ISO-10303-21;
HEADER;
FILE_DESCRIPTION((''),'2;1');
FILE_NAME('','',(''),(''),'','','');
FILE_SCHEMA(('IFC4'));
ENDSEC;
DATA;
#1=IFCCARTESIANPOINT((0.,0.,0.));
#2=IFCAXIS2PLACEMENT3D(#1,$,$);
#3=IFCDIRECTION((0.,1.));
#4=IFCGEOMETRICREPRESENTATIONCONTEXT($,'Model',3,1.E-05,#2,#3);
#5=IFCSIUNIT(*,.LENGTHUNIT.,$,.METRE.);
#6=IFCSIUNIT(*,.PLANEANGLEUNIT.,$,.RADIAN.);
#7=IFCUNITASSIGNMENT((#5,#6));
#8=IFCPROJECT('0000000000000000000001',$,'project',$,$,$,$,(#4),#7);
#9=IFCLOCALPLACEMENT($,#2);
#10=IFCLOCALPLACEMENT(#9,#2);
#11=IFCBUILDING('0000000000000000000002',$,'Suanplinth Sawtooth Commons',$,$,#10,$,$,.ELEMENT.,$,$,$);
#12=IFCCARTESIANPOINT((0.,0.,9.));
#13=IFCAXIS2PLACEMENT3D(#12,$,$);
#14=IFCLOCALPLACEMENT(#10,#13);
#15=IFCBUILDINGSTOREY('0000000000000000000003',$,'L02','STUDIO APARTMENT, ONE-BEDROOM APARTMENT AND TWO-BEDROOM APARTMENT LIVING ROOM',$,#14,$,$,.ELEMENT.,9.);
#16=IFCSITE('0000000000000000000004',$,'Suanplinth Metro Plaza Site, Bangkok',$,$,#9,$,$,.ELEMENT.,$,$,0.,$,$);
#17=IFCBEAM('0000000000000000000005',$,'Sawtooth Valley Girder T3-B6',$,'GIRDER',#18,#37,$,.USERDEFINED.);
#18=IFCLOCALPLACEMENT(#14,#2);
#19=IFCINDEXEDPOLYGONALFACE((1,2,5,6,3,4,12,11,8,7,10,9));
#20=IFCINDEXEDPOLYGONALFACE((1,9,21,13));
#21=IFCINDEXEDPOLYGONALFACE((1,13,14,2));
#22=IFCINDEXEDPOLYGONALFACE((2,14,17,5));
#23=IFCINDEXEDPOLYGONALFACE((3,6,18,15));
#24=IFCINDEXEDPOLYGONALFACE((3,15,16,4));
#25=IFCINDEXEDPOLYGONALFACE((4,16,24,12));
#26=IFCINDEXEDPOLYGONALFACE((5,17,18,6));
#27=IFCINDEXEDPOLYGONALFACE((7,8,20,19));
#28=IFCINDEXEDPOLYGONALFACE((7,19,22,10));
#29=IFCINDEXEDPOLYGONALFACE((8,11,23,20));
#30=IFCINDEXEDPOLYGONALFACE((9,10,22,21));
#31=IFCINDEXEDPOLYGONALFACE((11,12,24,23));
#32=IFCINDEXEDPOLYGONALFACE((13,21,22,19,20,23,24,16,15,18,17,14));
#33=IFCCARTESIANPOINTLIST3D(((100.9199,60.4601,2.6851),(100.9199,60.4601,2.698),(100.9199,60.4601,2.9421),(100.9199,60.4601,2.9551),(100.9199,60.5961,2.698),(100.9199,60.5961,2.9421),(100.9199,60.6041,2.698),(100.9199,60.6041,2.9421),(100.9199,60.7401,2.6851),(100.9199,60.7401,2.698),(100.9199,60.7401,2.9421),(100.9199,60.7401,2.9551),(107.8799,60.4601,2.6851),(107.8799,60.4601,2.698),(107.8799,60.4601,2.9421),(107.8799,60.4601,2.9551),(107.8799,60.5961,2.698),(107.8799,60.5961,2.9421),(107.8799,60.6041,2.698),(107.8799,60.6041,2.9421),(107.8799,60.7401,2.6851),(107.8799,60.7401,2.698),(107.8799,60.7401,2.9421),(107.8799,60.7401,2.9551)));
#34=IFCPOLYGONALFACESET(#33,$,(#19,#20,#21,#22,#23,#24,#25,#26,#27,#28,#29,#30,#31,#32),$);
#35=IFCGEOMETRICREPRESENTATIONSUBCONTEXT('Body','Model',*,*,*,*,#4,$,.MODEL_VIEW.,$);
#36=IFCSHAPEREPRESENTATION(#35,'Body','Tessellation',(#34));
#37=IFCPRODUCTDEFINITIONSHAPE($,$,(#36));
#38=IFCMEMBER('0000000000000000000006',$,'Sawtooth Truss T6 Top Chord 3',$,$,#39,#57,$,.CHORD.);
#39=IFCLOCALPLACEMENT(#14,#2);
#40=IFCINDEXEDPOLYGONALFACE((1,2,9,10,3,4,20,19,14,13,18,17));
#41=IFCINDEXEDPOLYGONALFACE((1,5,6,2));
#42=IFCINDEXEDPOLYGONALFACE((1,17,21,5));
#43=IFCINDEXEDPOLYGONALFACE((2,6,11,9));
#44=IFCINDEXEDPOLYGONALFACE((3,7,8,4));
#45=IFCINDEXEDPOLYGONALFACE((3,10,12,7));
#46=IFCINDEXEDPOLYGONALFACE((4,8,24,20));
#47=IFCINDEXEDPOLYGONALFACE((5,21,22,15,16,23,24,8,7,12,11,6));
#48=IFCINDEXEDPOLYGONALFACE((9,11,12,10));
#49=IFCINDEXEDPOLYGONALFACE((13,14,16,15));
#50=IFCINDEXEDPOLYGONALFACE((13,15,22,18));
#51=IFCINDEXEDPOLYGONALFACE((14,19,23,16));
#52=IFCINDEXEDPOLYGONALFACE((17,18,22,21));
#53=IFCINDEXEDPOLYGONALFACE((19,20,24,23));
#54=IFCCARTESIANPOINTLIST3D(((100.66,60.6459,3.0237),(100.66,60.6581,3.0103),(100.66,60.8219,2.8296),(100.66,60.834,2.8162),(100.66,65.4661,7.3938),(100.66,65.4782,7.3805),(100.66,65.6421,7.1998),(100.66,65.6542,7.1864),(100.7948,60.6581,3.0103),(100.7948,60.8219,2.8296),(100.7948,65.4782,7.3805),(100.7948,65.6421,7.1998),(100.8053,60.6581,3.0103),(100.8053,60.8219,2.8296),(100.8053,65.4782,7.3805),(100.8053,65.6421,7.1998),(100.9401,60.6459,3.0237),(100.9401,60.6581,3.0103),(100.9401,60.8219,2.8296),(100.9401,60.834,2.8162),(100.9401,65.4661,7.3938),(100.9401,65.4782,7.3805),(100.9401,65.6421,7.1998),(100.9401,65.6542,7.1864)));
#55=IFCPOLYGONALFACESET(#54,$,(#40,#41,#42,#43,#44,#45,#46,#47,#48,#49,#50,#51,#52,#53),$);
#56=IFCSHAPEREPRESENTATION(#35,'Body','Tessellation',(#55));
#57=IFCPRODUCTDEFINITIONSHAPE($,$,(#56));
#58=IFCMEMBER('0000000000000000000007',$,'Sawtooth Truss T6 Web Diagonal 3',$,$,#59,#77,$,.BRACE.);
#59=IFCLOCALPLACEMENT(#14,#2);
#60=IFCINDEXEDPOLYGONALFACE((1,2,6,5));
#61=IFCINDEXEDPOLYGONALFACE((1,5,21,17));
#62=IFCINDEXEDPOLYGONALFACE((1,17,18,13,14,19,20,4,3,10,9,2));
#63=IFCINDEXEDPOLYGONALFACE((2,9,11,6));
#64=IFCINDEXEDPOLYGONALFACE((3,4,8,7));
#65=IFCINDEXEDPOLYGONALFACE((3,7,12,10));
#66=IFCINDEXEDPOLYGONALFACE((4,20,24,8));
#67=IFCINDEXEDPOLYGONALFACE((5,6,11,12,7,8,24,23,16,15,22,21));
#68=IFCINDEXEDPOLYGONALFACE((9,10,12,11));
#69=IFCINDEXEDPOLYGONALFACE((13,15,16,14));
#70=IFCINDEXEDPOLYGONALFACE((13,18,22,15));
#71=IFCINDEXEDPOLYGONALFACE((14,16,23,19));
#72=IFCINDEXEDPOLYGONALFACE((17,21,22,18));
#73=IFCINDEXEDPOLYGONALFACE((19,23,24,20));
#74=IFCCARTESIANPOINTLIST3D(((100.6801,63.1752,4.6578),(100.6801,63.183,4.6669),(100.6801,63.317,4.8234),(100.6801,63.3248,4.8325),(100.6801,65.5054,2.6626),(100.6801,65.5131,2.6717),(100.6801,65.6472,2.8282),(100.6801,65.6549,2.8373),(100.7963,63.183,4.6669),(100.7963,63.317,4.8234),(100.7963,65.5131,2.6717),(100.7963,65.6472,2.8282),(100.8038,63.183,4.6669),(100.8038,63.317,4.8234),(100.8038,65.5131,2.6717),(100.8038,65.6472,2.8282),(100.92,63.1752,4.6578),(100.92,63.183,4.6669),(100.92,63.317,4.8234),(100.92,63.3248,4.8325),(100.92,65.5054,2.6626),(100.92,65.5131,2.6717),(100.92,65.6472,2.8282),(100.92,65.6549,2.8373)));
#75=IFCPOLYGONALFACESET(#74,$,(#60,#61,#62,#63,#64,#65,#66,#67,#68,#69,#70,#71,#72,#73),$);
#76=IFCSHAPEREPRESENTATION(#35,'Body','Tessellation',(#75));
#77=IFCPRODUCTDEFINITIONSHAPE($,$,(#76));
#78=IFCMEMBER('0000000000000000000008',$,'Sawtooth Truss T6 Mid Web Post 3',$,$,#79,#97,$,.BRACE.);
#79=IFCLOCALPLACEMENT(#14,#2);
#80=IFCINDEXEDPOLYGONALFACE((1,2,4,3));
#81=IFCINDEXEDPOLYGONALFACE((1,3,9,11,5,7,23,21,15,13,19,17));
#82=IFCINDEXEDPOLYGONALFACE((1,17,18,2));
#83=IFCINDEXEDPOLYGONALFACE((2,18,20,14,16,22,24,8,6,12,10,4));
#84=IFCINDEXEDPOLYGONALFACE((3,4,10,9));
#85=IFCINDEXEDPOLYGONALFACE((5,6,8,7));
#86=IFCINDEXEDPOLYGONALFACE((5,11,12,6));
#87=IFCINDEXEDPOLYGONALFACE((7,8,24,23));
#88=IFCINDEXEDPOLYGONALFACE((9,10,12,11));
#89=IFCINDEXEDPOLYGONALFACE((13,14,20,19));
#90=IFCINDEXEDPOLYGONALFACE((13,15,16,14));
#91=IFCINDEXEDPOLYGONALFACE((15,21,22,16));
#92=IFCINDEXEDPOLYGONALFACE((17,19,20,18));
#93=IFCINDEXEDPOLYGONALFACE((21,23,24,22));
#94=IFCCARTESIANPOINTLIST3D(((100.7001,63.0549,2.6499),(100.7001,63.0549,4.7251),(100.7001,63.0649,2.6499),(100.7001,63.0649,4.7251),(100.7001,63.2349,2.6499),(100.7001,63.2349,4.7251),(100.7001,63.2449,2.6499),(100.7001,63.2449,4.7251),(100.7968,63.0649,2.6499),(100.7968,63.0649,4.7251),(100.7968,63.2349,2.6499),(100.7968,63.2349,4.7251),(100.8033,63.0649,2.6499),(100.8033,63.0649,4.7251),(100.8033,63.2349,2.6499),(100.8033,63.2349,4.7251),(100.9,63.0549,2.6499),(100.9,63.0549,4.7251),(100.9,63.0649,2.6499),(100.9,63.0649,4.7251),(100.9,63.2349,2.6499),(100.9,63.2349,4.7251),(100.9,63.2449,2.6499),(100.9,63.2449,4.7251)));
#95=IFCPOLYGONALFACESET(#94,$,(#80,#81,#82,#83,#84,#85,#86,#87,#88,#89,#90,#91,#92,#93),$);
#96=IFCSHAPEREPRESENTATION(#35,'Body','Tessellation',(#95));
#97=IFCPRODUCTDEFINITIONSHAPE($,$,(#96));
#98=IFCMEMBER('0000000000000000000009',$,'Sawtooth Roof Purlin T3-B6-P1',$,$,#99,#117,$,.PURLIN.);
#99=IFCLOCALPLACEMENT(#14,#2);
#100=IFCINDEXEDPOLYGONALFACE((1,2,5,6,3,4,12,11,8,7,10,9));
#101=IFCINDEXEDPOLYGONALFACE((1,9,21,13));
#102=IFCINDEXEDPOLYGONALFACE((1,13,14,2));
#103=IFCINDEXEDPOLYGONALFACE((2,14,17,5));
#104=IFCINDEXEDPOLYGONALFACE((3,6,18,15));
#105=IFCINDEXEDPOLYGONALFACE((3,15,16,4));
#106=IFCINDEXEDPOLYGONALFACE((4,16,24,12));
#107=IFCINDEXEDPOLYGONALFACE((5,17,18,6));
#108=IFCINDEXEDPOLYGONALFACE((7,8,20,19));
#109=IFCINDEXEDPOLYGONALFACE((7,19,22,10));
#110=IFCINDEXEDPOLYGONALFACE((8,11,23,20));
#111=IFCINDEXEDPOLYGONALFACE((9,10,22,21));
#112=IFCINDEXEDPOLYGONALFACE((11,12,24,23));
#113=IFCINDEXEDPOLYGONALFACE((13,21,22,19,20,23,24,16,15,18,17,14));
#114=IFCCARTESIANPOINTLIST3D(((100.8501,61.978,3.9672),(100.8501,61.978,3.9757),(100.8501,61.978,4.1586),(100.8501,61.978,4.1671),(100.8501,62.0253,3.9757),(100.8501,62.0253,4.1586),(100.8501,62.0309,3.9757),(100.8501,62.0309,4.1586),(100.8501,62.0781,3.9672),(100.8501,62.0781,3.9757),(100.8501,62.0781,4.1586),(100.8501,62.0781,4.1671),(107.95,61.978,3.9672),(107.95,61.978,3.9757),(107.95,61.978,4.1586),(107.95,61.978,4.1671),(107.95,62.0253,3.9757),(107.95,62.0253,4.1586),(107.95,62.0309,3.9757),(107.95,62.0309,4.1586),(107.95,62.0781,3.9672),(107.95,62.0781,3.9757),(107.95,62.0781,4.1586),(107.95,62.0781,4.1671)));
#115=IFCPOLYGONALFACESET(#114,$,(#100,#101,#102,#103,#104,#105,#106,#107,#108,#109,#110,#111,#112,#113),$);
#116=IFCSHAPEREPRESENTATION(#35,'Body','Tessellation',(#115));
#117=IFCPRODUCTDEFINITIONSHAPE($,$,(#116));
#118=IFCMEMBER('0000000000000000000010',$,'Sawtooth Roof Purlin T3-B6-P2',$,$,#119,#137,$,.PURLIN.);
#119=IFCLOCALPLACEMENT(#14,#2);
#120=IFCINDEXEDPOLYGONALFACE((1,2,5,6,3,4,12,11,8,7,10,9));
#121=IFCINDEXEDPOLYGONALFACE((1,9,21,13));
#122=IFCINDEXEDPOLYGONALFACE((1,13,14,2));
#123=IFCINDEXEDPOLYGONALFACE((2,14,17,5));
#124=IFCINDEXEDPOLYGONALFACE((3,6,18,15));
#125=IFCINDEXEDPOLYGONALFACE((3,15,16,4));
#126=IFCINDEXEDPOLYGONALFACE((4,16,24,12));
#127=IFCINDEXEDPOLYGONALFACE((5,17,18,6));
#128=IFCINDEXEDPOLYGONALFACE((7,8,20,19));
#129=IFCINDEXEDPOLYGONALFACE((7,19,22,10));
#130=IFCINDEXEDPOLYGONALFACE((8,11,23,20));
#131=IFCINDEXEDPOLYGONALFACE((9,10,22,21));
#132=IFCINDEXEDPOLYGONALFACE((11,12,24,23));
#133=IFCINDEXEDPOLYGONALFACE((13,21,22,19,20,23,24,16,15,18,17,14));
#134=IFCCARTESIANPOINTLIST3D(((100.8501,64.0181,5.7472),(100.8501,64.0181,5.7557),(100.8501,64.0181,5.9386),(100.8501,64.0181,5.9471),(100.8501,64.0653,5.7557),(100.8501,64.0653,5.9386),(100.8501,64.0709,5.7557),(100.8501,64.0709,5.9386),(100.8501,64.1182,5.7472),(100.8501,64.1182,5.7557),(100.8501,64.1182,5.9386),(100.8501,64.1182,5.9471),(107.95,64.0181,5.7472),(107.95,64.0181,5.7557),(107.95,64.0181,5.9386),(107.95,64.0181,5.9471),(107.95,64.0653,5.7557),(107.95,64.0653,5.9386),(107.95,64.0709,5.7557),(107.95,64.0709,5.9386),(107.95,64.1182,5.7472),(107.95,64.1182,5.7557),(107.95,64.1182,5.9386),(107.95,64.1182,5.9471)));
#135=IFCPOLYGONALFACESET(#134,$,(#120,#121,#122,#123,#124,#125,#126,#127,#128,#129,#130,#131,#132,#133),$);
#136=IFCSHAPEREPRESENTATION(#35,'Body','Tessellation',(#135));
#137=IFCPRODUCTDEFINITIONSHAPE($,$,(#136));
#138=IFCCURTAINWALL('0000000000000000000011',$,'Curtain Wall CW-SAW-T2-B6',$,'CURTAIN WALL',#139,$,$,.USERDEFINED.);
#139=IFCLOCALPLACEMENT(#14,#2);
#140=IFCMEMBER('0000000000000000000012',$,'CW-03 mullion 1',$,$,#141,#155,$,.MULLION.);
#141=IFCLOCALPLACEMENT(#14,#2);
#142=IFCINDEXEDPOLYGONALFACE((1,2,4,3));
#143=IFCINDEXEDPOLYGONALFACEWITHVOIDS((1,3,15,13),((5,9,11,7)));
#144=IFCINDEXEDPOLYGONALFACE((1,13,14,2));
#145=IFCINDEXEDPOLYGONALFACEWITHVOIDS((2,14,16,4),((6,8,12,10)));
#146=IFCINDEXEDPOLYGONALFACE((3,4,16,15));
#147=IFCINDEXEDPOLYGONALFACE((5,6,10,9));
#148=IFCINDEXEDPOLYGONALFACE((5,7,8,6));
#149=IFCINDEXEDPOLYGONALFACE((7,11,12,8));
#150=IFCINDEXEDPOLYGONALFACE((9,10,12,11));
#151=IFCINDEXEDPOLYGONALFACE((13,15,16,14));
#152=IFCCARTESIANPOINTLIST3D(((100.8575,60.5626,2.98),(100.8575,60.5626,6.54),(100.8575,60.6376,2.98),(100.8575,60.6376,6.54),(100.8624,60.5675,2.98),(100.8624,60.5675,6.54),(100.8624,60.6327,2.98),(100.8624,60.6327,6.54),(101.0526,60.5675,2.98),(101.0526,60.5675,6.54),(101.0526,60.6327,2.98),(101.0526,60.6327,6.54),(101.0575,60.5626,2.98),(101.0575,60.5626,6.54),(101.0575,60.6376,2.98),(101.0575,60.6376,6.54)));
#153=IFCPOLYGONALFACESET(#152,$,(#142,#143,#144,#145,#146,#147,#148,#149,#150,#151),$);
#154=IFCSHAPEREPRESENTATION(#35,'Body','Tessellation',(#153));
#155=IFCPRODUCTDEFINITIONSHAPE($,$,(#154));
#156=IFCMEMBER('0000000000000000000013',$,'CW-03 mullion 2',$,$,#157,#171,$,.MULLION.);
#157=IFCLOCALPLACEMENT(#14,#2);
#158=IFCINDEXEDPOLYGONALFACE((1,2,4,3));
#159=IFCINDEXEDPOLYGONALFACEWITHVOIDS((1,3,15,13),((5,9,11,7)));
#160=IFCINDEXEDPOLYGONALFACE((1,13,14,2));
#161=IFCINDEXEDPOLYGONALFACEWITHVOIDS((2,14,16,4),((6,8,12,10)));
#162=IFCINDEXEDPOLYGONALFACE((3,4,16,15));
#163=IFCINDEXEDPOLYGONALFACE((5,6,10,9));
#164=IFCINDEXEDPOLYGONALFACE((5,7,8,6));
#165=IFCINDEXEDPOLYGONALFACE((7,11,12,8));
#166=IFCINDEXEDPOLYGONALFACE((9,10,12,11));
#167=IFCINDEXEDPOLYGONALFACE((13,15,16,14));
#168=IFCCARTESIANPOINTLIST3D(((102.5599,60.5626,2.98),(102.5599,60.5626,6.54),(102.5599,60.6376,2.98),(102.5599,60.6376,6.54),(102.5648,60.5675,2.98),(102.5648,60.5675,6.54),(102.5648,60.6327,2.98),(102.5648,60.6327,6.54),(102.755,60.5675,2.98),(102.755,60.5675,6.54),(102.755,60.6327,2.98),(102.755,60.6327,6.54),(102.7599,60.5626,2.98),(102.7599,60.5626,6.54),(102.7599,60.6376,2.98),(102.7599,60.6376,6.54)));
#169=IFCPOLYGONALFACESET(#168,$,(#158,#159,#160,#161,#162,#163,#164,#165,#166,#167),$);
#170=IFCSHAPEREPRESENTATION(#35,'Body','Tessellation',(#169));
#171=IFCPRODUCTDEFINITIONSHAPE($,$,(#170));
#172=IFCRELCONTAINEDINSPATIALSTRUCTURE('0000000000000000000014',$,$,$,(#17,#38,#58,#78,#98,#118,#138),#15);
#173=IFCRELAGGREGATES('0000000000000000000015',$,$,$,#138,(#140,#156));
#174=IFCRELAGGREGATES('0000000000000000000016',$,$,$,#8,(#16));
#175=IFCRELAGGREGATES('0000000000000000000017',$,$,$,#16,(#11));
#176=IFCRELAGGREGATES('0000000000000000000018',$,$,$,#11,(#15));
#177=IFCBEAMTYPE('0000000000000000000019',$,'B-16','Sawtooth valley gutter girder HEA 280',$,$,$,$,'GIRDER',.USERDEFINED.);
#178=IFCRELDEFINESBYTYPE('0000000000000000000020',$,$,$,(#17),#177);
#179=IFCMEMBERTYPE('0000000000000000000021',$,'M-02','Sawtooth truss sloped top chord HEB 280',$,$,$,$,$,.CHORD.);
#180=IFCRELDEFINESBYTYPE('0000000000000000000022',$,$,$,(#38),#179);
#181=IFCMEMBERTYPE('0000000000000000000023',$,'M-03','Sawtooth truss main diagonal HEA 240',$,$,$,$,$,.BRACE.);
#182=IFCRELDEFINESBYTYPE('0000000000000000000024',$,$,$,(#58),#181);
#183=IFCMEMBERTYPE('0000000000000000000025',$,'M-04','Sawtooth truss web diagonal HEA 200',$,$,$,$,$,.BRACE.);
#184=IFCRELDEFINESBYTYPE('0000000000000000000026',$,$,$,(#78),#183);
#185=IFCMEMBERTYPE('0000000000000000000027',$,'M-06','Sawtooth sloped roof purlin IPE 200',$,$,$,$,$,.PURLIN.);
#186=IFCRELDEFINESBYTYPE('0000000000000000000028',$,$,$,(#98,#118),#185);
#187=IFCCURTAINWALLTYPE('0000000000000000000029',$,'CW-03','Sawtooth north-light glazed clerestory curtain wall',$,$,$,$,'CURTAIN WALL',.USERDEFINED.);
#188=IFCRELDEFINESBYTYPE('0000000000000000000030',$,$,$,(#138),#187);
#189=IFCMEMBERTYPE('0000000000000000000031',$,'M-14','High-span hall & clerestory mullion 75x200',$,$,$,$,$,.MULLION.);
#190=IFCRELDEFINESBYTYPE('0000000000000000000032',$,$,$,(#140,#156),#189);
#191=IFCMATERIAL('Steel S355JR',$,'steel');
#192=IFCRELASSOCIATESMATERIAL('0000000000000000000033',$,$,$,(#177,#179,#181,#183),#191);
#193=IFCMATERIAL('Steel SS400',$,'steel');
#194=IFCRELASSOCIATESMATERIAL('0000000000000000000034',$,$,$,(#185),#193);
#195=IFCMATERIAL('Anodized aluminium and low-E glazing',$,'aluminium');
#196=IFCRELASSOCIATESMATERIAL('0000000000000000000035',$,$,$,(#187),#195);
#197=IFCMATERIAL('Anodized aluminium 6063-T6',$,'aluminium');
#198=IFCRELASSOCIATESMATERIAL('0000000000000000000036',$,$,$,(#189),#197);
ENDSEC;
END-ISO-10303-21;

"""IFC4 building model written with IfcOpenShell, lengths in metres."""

from ifc_helpers import new_model, si_unit, direction, frame, origin, origin_2d, place, context, subcontext, project, spatial, hollow_rectangle, i_section, extrude, material, material_profile, profile_set, type_object, element, aggregate, save


model = new_model("IFC4")

# Units and contexts
model_context = context("Model", 3, precision=1e-05, world=origin(), true_north=direction((0.0, 1.0)))
body_context = subcontext(model_context, "Body", "Model", "MODEL_VIEW")
ifc_project = project(units=[si_unit("LENGTHUNIT", "METRE"), si_unit("PLANEANGLEUNIT", "RADIAN")], contexts=[model_context])

# Site, building, storey
site_placement = place(None, origin())
site = spatial("IfcSite", under=ifc_project, at=site_placement, Name="Suanplinth Metro Plaza Site, Bangkok", CompositionType="ELEMENT", RefElevation=0.0)
building_placement = place(site_placement, origin())
building = spatial("IfcBuilding", under=site, at=building_placement, Name="Suanplinth Sawtooth Commons", CompositionType="ELEMENT")
storey_placement = place(building_placement, frame((0.0, 0.0, 9.0)))
storey = spatial("IfcBuildingStorey", under=building, at=storey_placement, Name="L02", Description="STUDIO APARTMENT, ONE-BEDROOM APARTMENT AND TWO-BEDROOM APARTMENT LIVING ROOM", CompositionType="ELEMENT", Elevation=9.0)

# Beam
ifc_material_1 = material(Name="Steel S355JR", Category="steel")
ifc_material_profile_1 = material_profile(ifc_material_1, i_section(OverallWidth=0.28, OverallDepth=0.27, WebThickness=0.0081, FlangeThickness=0.0129, at=origin_2d()), Name="HEA 280")
ifc_profile_set_1 = profile_set([ifc_material_profile_1], Name="Steel S355JR")
beam_type = type_object("IfcBeamType", Name="B-16", Description="Sawtooth valley gutter girder HEA 280", ElementType="GIRDER", PredefinedType="USERDEFINED", material=ifc_profile_set_1)
beam_placement = place(storey_placement, frame((100.9199, 60.6001, 2.8201), z_axis=(1.0, 0.0, 0.0), x_axis=(0.0, 1.0, 0.0)))
element("IfcBeam", 1, at=beam_placement, inside=storey, type_object=beam_type, Name="Sawtooth Valley Girder T3-B6", ObjectType="GIRDER", PredefinedType="USERDEFINED", context=body_context, shape_type="SweptSolid", body=[
    extrude(i_section(OverallWidth=0.28, OverallDepth=0.27, WebThickness=0.0081, FlangeThickness=0.0129, at=origin_2d()), origin(), (0.0, 0.0, 1.0), 6.96),
])

# Members
ifc_material_profile_2 = material_profile(ifc_material_1, i_section(OverallWidth=0.28, OverallDepth=0.28, WebThickness=0.0105, FlangeThickness=0.0181, at=origin_2d()), Name="HEB 280")
ifc_profile_set_2 = profile_set([ifc_material_profile_2], Name="Steel S355JR")
member_type_1 = type_object("IfcMemberType", Name="M-02", Description="Sawtooth truss sloped top chord HEB 280", PredefinedType="CHORD", material=ifc_profile_set_2)
member_1_placement = place(storey_placement, frame((100.8, 60.74, 2.9199), z_axis=(0.0, 0.740839, 0.671682), x_axis=(-1.0, 0.0, 0.0)))
element("IfcMember", 2, at=member_1_placement, inside=storey, type_object=member_type_1, Name="Sawtooth Truss T6 Top Chord 3", PredefinedType="CHORD", context=body_context, shape_type="SweptSolid", body=[
    extrude(i_section(OverallWidth=0.28, OverallDepth=0.28, WebThickness=0.0105, FlangeThickness=0.0181, at=origin_2d()), origin(), (0.0, 0.0, 1.0), 6.5063),
])
ifc_material_profile_3 = material_profile(ifc_material_1, i_section(OverallWidth=0.24, OverallDepth=0.23, WebThickness=0.0076, FlangeThickness=0.012, at=origin_2d()), Name="HEA 240")
ifc_profile_set_3 = profile_set([ifc_material_profile_3], Name="Steel S355JR")
member_type_2 = type_object("IfcMemberType", Name="M-03", Description="Sawtooth truss main diagonal HEA 240", PredefinedType="BRACE", material=ifc_profile_set_3)
member_2_placement = place(storey_placement, frame((100.8, 63.25, 4.7451), z_axis=(0.0, 0.759594, -0.650398), x_axis=(-1.0, 0.0, 0.0)))
element("IfcMember", 3, at=member_2_placement, inside=storey, type_object=member_type_2, Name="Sawtooth Truss T6 Web Diagonal 3", PredefinedType="BRACE", context=body_context, shape_type="SweptSolid", body=[
    extrude(i_section(OverallWidth=0.24, OverallDepth=0.23, WebThickness=0.0076, FlangeThickness=0.012, at=origin_2d()), origin(), (0.0, 0.0, 1.0), 3.0676),
])
ifc_material_profile_4 = material_profile(ifc_material_1, i_section(OverallWidth=0.2, OverallDepth=0.1899, WebThickness=0.0066, FlangeThickness=0.01, at=origin_2d()), Name="HEA 200")
ifc_profile_set_4 = profile_set([ifc_material_profile_4], Name="Steel S355JR")
member_type_3 = type_object("IfcMemberType", Name="M-04", Description="Sawtooth truss web diagonal HEA 200", PredefinedType="BRACE", material=ifc_profile_set_4)
member_3_placement = place(storey_placement, frame((100.8, 63.1499, 2.6499), z_axis=(0.0, 0.0, 1.0), x_axis=(1.0, 0.0, 0.0)))
element("IfcMember", 4, at=member_3_placement, inside=storey, type_object=member_type_3, Name="Sawtooth Truss T6 Mid Web Post 3", PredefinedType="BRACE", context=body_context, shape_type="SweptSolid", body=[
    extrude(i_section(OverallWidth=0.2, OverallDepth=0.1899, WebThickness=0.0066, FlangeThickness=0.01, at=origin_2d()), origin(), (0.0, 0.0, 1.0), 2.0752),
])
ifc_material_2 = material(Name="Steel SS400", Category="steel")
ifc_material_profile_5 = material_profile(ifc_material_2, i_section(OverallWidth=0.1001, OverallDepth=0.2, WebThickness=0.0056, FlangeThickness=0.0085, at=origin_2d()), Name="IPE 200")
ifc_profile_set_5 = profile_set([ifc_material_profile_5], Name="Steel SS400")
member_type_4 = type_object("IfcMemberType", Name="M-06", Description="Sawtooth sloped roof purlin IPE 200", PredefinedType="PURLIN", material=ifc_profile_set_5)
for number, where, z_axis, x_axis, name in (
    (5, (100.8501, 62.0281, 4.0671), (1.0, 0.0, 0.0), (0.0, 1.0, 0.0), "Sawtooth Roof Purlin T3-B6-P1"),
    (6, (100.8501, 64.0681, 5.8472), (1.0, 0.0, 0.0), (0.0, 1.0, 0.0), "Sawtooth Roof Purlin T3-B6-P2"),
):
    element("IfcMember", number, at=place(storey_placement, frame(where, z_axis=z_axis, x_axis=x_axis)), inside=storey, type_object=member_type_4, Name=name, PredefinedType="PURLIN", context=body_context, shape_type="SweptSolid", body=[
        extrude(i_section(OverallWidth=0.1001, OverallDepth=0.2, WebThickness=0.0056, FlangeThickness=0.0085, at=origin_2d()), origin(), (0.0, 0.0, 1.0), 7.0999),
    ])

# Curtain wall, members
ifc_material_3 = material(Name="Anodized aluminium and low-E glazing", Category="aluminium")
curtain_wall_type = type_object("IfcCurtainWallType", Name="CW-03", Description="Sawtooth north-light glazed clerestory curtain wall", ElementType="CURTAIN WALL", PredefinedType="USERDEFINED", material=ifc_material_3)
curtain_wall_1_placement = place(storey_placement, origin())
curtain_wall_1 = element("IfcCurtainWall", 7, at=curtain_wall_1_placement, inside=storey, type_object=curtain_wall_type, Name="Curtain Wall CW-SAW-T2-B6", ObjectType="CURTAIN WALL", PredefinedType="USERDEFINED")
ifc_material_4 = material(Name="Anodized aluminium 6063-T6", Category="aluminium")
ifc_material_profile_6 = material_profile(ifc_material_4, hollow_rectangle(XDim=0.075, YDim=0.2, WallThickness=0.0049, at=origin_2d()), Name="ALU-MUL 75x200")
ifc_profile_set_6 = profile_set([ifc_material_profile_6], Name="Anodized aluminium 6063-T6")
member_type_5 = type_object("IfcMemberType", Name="M-14", Description="High-span hall & clerestory mullion 75x200", PredefinedType="MULLION", material=ifc_profile_set_6)
member_4_placement = place(storey_placement, frame((100.9575, 60.6001, 2.98), z_axis=(0.0, 0.0, 1.0), x_axis=(0.0, 1.0, 0.0)))
member_4 = element("IfcMember", 8, at=member_4_placement, type_object=member_type_5, Name="CW-03 mullion 1", PredefinedType="MULLION", context=body_context, shape_type="SweptSolid", body=[
    extrude(hollow_rectangle(XDim=0.075, YDim=0.2, WallThickness=0.0049, at=origin_2d()), origin(), (0.0, 0.0, 1.0), 3.5601),
])
member_5_placement = place(storey_placement, frame((102.6599, 60.6001, 2.98), z_axis=(0.0, 0.0, 1.0), x_axis=(0.0, 1.0, 0.0)))
member_5 = element("IfcMember", 9, at=member_5_placement, type_object=member_type_5, Name="CW-03 mullion 2", PredefinedType="MULLION", context=body_context, shape_type="SweptSolid", body=[
    extrude(hollow_rectangle(XDim=0.075, YDim=0.2, WallThickness=0.0049, at=origin_2d()), origin(), (0.0, 0.0, 1.0), 3.5601),
])

aggregate(curtain_wall_1, [member_4, member_5])

save(model, "model.ifc")
